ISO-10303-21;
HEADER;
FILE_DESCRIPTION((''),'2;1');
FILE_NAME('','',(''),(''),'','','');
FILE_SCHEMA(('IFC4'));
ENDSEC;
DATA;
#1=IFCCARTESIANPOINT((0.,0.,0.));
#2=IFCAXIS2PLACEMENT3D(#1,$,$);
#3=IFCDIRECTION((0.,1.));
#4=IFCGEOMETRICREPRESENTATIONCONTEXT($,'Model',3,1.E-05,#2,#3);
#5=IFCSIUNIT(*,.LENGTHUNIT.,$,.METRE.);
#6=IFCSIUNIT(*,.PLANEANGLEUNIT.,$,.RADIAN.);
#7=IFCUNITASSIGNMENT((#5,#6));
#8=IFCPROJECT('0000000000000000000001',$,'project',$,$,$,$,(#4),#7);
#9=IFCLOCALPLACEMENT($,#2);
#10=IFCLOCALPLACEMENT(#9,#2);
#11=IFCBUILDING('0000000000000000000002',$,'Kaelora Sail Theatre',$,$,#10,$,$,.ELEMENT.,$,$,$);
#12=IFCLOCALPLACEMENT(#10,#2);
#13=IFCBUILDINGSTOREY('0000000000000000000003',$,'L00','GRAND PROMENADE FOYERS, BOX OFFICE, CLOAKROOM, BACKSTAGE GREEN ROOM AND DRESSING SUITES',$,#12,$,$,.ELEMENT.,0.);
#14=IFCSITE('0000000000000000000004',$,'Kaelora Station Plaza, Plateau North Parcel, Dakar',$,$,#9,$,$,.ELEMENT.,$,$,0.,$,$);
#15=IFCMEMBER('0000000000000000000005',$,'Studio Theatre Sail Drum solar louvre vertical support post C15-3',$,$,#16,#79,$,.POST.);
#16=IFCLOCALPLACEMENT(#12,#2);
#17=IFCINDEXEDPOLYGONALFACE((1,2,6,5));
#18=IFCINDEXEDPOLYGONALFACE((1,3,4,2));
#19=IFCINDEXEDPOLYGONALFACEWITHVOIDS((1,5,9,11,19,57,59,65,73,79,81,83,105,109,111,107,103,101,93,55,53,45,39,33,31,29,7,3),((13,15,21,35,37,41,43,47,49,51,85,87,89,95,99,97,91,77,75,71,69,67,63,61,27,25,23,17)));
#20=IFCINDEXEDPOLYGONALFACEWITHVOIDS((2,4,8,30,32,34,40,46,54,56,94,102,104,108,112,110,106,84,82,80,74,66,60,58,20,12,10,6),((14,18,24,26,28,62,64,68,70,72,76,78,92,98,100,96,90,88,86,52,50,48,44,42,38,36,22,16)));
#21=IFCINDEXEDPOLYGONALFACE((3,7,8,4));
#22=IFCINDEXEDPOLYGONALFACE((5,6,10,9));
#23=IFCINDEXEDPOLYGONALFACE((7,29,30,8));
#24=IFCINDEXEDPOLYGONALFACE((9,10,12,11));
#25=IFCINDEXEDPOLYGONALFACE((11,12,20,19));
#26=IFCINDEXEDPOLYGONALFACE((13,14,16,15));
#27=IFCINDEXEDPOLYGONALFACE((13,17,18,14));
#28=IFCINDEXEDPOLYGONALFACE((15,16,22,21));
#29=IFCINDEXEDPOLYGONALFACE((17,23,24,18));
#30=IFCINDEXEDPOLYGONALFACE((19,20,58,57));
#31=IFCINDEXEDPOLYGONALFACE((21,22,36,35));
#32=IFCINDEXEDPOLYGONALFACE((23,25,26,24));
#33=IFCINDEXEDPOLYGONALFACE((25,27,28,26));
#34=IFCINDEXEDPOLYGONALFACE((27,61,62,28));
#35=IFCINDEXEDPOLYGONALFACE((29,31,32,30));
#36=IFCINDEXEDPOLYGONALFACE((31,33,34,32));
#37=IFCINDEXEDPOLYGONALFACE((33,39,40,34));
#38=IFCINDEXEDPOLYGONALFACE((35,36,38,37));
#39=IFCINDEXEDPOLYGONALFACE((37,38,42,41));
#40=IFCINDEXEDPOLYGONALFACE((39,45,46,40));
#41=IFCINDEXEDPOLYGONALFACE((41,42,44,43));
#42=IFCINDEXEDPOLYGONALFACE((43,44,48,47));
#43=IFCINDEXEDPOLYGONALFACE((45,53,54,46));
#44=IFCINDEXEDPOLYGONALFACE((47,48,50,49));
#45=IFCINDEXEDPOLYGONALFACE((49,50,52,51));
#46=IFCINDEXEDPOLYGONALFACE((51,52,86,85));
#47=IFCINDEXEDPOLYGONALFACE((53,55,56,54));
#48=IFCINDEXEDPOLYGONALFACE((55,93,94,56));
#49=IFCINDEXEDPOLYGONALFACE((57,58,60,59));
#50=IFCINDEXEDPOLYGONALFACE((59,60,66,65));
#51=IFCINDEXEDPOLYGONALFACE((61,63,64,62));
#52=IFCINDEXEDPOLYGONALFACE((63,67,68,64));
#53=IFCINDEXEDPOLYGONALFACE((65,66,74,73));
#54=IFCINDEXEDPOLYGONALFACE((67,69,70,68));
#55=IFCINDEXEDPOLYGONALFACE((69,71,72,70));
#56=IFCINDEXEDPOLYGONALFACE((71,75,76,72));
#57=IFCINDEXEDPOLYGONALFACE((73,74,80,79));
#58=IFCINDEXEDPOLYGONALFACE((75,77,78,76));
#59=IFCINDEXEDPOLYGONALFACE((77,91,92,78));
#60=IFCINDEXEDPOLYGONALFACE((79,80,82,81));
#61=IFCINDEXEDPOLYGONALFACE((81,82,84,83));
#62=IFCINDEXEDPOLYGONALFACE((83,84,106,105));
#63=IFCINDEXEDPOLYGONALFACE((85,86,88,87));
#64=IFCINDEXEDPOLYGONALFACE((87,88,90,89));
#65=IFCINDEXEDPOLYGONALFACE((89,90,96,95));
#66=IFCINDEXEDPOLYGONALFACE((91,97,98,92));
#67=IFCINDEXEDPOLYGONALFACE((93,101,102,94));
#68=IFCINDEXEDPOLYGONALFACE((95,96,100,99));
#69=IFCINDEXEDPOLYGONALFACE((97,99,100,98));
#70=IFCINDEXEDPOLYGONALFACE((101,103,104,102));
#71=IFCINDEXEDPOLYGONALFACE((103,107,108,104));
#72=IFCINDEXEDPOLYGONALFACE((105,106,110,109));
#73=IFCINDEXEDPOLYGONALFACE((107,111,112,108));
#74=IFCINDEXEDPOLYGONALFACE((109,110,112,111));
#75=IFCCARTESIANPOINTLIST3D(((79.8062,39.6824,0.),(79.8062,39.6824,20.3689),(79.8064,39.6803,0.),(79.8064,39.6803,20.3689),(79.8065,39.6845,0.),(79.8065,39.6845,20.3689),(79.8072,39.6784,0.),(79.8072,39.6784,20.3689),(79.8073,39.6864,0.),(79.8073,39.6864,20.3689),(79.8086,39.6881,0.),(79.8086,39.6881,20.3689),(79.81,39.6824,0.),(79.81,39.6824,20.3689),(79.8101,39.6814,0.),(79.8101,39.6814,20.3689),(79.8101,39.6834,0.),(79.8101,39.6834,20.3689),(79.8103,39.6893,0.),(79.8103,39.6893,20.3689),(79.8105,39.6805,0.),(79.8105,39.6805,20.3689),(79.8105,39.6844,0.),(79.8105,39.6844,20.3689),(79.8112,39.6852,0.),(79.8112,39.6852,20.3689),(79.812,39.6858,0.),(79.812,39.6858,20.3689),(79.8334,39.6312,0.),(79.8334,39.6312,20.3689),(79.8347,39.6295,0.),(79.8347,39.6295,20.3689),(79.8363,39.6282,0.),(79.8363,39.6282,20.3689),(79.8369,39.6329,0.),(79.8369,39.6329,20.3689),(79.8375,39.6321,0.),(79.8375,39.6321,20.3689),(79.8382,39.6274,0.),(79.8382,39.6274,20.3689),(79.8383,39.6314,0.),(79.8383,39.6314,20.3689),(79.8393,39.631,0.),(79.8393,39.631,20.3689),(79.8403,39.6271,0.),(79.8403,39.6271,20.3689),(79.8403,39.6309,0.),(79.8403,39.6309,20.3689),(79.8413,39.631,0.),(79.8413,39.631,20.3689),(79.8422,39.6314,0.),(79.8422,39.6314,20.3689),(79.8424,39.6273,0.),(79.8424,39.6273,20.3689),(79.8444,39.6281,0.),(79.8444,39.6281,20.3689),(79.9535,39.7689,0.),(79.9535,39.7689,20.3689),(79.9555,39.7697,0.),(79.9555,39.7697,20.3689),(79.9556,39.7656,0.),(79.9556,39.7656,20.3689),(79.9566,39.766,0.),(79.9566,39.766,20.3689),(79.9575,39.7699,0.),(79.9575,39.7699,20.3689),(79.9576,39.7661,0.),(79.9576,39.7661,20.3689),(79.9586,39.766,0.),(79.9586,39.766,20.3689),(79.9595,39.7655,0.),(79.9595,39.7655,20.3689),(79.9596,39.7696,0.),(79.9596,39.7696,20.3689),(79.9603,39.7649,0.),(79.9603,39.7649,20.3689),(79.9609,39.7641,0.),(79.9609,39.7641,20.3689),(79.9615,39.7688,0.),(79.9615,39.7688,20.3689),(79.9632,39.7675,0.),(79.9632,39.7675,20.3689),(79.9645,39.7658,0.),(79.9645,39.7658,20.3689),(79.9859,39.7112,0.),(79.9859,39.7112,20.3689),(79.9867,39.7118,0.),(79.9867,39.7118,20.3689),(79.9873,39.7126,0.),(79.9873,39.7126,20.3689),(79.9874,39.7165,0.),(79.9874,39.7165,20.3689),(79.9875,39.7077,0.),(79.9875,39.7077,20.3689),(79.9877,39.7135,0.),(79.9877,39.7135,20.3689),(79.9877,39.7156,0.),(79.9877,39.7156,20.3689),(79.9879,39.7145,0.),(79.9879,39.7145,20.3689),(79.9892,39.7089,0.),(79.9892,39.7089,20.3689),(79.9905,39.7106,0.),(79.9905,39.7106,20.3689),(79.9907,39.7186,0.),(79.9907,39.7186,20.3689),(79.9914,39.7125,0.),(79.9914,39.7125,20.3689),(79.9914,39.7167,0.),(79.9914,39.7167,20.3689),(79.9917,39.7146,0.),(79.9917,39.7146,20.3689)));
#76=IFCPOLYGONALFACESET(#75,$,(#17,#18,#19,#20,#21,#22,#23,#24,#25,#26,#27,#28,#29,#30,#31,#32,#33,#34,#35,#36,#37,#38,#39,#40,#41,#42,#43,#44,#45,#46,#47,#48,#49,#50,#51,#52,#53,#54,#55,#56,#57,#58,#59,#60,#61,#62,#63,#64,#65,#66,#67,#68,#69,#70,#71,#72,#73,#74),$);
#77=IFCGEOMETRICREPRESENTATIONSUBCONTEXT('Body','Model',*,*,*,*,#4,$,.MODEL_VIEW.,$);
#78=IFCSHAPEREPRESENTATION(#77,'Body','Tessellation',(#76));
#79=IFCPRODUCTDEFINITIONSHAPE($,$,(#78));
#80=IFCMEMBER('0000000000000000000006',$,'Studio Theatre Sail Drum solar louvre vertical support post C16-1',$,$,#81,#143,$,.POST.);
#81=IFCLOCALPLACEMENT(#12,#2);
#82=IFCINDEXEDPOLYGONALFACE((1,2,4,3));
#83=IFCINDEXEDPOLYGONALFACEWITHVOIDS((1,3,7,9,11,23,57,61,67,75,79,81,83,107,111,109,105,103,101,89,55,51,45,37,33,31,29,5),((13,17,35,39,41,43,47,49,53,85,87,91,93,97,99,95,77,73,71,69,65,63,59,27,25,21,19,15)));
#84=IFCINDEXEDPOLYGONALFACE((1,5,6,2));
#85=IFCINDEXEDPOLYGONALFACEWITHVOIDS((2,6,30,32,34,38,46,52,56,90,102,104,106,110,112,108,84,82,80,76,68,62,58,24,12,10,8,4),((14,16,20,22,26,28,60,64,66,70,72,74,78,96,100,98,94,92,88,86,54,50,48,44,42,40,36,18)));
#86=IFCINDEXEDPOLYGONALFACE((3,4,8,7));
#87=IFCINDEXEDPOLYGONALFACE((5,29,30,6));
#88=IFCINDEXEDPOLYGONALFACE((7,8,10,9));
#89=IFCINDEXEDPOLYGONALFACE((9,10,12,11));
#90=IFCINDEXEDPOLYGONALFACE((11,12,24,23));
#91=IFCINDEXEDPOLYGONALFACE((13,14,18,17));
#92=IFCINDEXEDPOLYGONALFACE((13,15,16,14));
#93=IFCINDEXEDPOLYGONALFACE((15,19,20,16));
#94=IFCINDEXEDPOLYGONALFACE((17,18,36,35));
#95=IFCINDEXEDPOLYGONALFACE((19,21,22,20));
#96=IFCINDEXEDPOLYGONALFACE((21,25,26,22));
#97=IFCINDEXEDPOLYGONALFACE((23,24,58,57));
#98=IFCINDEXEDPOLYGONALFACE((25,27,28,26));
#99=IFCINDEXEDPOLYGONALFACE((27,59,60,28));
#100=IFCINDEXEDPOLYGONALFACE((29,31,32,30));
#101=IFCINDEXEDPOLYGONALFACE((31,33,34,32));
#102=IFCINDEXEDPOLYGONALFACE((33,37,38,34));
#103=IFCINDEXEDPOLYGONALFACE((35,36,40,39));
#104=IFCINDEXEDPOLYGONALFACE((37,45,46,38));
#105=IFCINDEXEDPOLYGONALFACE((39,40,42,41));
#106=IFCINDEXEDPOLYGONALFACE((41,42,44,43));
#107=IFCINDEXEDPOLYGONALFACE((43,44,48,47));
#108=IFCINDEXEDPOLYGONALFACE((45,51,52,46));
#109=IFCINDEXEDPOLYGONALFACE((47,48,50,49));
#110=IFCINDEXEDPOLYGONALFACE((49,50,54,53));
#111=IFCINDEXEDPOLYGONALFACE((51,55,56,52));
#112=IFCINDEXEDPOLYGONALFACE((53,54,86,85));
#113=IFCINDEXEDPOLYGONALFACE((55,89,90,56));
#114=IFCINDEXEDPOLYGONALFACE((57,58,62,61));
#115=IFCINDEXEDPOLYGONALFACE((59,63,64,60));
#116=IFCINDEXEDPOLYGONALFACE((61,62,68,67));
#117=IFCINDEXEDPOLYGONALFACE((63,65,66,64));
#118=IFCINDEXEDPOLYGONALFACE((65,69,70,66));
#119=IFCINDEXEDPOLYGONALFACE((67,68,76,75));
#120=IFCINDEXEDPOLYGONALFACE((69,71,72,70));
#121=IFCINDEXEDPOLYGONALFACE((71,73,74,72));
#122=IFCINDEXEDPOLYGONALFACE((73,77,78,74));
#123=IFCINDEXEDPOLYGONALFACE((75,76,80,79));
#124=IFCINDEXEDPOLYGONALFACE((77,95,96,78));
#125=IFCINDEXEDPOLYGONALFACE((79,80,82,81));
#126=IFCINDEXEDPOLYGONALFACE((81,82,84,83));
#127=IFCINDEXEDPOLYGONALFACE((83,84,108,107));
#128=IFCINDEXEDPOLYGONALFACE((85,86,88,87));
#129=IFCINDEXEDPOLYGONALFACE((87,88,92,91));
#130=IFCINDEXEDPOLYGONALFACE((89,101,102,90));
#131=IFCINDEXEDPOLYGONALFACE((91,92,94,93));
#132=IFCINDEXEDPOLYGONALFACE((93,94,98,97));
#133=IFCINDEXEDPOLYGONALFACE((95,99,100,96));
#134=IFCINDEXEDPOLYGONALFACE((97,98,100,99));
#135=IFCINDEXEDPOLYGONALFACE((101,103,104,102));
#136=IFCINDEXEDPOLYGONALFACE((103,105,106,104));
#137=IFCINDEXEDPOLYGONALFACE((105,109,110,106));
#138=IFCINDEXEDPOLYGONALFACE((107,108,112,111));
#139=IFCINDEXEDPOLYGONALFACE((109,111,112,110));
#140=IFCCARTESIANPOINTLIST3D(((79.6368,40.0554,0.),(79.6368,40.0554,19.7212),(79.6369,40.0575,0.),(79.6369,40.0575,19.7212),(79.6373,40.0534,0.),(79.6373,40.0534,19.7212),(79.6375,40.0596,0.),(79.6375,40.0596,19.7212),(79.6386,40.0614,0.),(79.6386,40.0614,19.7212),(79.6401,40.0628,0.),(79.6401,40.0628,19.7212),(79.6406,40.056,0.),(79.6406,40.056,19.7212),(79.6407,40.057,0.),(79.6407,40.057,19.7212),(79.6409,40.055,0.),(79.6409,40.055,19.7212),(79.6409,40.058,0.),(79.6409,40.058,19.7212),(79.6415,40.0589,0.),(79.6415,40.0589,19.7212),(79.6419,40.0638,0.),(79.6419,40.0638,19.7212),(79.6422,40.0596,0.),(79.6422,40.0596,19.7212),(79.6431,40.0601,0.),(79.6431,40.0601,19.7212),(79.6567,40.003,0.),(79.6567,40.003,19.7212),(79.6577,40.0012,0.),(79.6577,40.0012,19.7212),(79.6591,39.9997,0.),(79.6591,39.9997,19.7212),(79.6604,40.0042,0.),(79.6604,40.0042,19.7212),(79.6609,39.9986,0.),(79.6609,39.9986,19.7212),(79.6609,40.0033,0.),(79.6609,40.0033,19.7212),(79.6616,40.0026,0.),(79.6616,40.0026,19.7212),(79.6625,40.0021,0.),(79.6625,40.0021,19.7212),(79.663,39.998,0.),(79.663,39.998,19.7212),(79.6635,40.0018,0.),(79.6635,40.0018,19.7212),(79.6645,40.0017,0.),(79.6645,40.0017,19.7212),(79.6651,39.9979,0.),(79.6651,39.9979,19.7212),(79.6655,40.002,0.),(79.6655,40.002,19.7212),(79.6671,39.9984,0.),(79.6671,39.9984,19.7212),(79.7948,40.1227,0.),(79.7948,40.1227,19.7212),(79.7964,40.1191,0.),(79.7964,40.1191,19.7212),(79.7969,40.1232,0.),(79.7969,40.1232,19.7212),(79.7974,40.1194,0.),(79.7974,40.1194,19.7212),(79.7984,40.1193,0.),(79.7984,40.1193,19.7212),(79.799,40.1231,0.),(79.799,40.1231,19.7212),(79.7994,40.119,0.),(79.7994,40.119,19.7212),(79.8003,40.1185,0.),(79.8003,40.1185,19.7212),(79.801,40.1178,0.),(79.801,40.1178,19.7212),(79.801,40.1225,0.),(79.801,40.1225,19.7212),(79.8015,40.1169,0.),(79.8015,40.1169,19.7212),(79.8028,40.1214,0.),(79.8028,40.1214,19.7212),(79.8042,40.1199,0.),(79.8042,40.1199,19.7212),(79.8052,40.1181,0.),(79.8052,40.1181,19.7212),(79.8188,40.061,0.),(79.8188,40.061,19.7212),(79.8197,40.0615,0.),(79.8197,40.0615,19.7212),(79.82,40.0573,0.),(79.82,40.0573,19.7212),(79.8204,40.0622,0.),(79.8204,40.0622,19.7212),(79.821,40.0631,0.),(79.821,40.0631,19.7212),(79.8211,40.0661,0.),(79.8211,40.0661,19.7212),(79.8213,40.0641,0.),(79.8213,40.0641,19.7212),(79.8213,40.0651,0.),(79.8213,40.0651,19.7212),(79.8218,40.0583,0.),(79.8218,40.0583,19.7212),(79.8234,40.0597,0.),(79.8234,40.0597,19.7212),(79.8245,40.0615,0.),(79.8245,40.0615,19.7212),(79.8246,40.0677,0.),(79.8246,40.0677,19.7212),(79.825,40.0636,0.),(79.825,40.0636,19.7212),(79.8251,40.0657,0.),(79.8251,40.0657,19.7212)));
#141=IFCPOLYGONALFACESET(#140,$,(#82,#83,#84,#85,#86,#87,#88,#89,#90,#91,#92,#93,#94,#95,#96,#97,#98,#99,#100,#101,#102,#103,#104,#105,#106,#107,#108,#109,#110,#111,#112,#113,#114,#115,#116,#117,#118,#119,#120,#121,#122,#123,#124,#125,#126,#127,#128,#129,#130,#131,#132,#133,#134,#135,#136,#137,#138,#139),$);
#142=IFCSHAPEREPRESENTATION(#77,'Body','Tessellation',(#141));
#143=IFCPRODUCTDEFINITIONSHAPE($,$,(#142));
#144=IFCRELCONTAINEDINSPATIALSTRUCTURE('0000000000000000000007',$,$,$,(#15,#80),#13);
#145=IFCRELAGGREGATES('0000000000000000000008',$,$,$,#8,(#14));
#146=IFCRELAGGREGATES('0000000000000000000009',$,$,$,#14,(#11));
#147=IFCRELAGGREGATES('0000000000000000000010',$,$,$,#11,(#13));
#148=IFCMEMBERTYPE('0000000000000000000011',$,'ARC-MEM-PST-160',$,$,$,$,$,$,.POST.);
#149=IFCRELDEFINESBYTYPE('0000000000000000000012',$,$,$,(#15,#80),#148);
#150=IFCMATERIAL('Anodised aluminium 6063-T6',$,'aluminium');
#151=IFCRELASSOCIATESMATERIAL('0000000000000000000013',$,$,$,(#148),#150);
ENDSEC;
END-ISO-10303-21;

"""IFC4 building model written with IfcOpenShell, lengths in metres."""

from ifc_helpers import new_model, si_unit, direction, frame, origin, origin_2d, place, context, subcontext, project, spatial, hollow_rectangle, extrude, material, material_profile, profile_set, type_object, element, save


model = new_model("IFC4")

# Units and contexts
model_context = context("Model", 3, precision=1e-05, world=origin(), true_north=direction((0.0, 1.0)))
body_context = subcontext(model_context, "Body", "Model", "MODEL_VIEW")
ifc_project = project(units=[si_unit("LENGTHUNIT", "METRE"), si_unit("PLANEANGLEUNIT", "RADIAN")], contexts=[model_context])

# Site, building, storey
site_placement = place(None, origin())
site = spatial("IfcSite", under=ifc_project, at=site_placement, Name="Kaelora Station Plaza, Plateau North Parcel, Dakar", CompositionType="ELEMENT", RefElevation=0.0)
building_placement = place(site_placement, origin())
building = spatial("IfcBuilding", under=site, at=building_placement, Name="Kaelora Sail Theatre", CompositionType="ELEMENT")
storey_placement = place(building_placement, origin())
storey = spatial("IfcBuildingStorey", under=building, at=storey_placement, Name="L00", Description="GRAND PROMENADE FOYERS, BOX OFFICE, CLOAKROOM, BACKSTAGE GREEN ROOM AND DRESSING SUITES", CompositionType="ELEMENT", Elevation=0.0)

# Members
ifc_material_1 = material(Name="Anodised aluminium 6063-T6", Category="aluminium")
ifc_material_profile_1 = material_profile(ifc_material_1, hollow_rectangle(XDim=0.0701, YDim=0.1799, WallThickness=0.0039, InnerFilletRadius=0.0039, OuterFilletRadius=0.0081, at=origin_2d()), Name="ALU-MULL 70x180x4")
ifc_profile_set_1 = profile_set([ifc_material_profile_1], Name="Anodised aluminium 6063-T6")
member_type_1 = type_object("IfcMemberType", Name="ARC-MEM-PST-160", PredefinedType="POST", material=ifc_profile_set_1)
member_placement = place(storey_placement, frame((79.8989, 39.6985, 0.0), z_axis=(0.0, 0.0, 1.0), x_axis=(-0.485878, 0.874027, 0.0)))
element("IfcMember", 1, at=member_placement, inside=storey, type_object=member_type_1, Name="Studio Theatre Sail Drum solar louvre vertical support post C15-3", PredefinedType="POST", context=body_context, shape_type="SweptSolid", body=[
    extrude(hollow_rectangle(XDim=0.0701, YDim=0.1799, WallThickness=0.0039, InnerFilletRadius=0.0039, OuterFilletRadius=0.0081, at=origin_2d()), origin(), (0.0, 0.0, 1.0), 20.3689),
])
for number, where, z_axis, x_axis, name in (
    (2, (79.731, 40.0605, 0.0), (0.0, 0.0, 1.0), (-0.359345, 0.933205, 0.0), "Studio Theatre Sail Drum solar louvre vertical support post C16-1"),
):
    element("IfcMember", number, at=place(storey_placement, frame(where, z_axis=z_axis, x_axis=x_axis)), inside=storey, type_object=member_type_1, Name=name, PredefinedType="POST", context=body_context, shape_type="SweptSolid", body=[
        extrude(hollow_rectangle(XDim=0.0701, YDim=0.1799, WallThickness=0.0039, InnerFilletRadius=0.0039, OuterFilletRadius=0.0081, at=origin_2d()), origin(), (0.0, 0.0, 1.0), 19.7212),
    ])

save(model, "model.ifc")
